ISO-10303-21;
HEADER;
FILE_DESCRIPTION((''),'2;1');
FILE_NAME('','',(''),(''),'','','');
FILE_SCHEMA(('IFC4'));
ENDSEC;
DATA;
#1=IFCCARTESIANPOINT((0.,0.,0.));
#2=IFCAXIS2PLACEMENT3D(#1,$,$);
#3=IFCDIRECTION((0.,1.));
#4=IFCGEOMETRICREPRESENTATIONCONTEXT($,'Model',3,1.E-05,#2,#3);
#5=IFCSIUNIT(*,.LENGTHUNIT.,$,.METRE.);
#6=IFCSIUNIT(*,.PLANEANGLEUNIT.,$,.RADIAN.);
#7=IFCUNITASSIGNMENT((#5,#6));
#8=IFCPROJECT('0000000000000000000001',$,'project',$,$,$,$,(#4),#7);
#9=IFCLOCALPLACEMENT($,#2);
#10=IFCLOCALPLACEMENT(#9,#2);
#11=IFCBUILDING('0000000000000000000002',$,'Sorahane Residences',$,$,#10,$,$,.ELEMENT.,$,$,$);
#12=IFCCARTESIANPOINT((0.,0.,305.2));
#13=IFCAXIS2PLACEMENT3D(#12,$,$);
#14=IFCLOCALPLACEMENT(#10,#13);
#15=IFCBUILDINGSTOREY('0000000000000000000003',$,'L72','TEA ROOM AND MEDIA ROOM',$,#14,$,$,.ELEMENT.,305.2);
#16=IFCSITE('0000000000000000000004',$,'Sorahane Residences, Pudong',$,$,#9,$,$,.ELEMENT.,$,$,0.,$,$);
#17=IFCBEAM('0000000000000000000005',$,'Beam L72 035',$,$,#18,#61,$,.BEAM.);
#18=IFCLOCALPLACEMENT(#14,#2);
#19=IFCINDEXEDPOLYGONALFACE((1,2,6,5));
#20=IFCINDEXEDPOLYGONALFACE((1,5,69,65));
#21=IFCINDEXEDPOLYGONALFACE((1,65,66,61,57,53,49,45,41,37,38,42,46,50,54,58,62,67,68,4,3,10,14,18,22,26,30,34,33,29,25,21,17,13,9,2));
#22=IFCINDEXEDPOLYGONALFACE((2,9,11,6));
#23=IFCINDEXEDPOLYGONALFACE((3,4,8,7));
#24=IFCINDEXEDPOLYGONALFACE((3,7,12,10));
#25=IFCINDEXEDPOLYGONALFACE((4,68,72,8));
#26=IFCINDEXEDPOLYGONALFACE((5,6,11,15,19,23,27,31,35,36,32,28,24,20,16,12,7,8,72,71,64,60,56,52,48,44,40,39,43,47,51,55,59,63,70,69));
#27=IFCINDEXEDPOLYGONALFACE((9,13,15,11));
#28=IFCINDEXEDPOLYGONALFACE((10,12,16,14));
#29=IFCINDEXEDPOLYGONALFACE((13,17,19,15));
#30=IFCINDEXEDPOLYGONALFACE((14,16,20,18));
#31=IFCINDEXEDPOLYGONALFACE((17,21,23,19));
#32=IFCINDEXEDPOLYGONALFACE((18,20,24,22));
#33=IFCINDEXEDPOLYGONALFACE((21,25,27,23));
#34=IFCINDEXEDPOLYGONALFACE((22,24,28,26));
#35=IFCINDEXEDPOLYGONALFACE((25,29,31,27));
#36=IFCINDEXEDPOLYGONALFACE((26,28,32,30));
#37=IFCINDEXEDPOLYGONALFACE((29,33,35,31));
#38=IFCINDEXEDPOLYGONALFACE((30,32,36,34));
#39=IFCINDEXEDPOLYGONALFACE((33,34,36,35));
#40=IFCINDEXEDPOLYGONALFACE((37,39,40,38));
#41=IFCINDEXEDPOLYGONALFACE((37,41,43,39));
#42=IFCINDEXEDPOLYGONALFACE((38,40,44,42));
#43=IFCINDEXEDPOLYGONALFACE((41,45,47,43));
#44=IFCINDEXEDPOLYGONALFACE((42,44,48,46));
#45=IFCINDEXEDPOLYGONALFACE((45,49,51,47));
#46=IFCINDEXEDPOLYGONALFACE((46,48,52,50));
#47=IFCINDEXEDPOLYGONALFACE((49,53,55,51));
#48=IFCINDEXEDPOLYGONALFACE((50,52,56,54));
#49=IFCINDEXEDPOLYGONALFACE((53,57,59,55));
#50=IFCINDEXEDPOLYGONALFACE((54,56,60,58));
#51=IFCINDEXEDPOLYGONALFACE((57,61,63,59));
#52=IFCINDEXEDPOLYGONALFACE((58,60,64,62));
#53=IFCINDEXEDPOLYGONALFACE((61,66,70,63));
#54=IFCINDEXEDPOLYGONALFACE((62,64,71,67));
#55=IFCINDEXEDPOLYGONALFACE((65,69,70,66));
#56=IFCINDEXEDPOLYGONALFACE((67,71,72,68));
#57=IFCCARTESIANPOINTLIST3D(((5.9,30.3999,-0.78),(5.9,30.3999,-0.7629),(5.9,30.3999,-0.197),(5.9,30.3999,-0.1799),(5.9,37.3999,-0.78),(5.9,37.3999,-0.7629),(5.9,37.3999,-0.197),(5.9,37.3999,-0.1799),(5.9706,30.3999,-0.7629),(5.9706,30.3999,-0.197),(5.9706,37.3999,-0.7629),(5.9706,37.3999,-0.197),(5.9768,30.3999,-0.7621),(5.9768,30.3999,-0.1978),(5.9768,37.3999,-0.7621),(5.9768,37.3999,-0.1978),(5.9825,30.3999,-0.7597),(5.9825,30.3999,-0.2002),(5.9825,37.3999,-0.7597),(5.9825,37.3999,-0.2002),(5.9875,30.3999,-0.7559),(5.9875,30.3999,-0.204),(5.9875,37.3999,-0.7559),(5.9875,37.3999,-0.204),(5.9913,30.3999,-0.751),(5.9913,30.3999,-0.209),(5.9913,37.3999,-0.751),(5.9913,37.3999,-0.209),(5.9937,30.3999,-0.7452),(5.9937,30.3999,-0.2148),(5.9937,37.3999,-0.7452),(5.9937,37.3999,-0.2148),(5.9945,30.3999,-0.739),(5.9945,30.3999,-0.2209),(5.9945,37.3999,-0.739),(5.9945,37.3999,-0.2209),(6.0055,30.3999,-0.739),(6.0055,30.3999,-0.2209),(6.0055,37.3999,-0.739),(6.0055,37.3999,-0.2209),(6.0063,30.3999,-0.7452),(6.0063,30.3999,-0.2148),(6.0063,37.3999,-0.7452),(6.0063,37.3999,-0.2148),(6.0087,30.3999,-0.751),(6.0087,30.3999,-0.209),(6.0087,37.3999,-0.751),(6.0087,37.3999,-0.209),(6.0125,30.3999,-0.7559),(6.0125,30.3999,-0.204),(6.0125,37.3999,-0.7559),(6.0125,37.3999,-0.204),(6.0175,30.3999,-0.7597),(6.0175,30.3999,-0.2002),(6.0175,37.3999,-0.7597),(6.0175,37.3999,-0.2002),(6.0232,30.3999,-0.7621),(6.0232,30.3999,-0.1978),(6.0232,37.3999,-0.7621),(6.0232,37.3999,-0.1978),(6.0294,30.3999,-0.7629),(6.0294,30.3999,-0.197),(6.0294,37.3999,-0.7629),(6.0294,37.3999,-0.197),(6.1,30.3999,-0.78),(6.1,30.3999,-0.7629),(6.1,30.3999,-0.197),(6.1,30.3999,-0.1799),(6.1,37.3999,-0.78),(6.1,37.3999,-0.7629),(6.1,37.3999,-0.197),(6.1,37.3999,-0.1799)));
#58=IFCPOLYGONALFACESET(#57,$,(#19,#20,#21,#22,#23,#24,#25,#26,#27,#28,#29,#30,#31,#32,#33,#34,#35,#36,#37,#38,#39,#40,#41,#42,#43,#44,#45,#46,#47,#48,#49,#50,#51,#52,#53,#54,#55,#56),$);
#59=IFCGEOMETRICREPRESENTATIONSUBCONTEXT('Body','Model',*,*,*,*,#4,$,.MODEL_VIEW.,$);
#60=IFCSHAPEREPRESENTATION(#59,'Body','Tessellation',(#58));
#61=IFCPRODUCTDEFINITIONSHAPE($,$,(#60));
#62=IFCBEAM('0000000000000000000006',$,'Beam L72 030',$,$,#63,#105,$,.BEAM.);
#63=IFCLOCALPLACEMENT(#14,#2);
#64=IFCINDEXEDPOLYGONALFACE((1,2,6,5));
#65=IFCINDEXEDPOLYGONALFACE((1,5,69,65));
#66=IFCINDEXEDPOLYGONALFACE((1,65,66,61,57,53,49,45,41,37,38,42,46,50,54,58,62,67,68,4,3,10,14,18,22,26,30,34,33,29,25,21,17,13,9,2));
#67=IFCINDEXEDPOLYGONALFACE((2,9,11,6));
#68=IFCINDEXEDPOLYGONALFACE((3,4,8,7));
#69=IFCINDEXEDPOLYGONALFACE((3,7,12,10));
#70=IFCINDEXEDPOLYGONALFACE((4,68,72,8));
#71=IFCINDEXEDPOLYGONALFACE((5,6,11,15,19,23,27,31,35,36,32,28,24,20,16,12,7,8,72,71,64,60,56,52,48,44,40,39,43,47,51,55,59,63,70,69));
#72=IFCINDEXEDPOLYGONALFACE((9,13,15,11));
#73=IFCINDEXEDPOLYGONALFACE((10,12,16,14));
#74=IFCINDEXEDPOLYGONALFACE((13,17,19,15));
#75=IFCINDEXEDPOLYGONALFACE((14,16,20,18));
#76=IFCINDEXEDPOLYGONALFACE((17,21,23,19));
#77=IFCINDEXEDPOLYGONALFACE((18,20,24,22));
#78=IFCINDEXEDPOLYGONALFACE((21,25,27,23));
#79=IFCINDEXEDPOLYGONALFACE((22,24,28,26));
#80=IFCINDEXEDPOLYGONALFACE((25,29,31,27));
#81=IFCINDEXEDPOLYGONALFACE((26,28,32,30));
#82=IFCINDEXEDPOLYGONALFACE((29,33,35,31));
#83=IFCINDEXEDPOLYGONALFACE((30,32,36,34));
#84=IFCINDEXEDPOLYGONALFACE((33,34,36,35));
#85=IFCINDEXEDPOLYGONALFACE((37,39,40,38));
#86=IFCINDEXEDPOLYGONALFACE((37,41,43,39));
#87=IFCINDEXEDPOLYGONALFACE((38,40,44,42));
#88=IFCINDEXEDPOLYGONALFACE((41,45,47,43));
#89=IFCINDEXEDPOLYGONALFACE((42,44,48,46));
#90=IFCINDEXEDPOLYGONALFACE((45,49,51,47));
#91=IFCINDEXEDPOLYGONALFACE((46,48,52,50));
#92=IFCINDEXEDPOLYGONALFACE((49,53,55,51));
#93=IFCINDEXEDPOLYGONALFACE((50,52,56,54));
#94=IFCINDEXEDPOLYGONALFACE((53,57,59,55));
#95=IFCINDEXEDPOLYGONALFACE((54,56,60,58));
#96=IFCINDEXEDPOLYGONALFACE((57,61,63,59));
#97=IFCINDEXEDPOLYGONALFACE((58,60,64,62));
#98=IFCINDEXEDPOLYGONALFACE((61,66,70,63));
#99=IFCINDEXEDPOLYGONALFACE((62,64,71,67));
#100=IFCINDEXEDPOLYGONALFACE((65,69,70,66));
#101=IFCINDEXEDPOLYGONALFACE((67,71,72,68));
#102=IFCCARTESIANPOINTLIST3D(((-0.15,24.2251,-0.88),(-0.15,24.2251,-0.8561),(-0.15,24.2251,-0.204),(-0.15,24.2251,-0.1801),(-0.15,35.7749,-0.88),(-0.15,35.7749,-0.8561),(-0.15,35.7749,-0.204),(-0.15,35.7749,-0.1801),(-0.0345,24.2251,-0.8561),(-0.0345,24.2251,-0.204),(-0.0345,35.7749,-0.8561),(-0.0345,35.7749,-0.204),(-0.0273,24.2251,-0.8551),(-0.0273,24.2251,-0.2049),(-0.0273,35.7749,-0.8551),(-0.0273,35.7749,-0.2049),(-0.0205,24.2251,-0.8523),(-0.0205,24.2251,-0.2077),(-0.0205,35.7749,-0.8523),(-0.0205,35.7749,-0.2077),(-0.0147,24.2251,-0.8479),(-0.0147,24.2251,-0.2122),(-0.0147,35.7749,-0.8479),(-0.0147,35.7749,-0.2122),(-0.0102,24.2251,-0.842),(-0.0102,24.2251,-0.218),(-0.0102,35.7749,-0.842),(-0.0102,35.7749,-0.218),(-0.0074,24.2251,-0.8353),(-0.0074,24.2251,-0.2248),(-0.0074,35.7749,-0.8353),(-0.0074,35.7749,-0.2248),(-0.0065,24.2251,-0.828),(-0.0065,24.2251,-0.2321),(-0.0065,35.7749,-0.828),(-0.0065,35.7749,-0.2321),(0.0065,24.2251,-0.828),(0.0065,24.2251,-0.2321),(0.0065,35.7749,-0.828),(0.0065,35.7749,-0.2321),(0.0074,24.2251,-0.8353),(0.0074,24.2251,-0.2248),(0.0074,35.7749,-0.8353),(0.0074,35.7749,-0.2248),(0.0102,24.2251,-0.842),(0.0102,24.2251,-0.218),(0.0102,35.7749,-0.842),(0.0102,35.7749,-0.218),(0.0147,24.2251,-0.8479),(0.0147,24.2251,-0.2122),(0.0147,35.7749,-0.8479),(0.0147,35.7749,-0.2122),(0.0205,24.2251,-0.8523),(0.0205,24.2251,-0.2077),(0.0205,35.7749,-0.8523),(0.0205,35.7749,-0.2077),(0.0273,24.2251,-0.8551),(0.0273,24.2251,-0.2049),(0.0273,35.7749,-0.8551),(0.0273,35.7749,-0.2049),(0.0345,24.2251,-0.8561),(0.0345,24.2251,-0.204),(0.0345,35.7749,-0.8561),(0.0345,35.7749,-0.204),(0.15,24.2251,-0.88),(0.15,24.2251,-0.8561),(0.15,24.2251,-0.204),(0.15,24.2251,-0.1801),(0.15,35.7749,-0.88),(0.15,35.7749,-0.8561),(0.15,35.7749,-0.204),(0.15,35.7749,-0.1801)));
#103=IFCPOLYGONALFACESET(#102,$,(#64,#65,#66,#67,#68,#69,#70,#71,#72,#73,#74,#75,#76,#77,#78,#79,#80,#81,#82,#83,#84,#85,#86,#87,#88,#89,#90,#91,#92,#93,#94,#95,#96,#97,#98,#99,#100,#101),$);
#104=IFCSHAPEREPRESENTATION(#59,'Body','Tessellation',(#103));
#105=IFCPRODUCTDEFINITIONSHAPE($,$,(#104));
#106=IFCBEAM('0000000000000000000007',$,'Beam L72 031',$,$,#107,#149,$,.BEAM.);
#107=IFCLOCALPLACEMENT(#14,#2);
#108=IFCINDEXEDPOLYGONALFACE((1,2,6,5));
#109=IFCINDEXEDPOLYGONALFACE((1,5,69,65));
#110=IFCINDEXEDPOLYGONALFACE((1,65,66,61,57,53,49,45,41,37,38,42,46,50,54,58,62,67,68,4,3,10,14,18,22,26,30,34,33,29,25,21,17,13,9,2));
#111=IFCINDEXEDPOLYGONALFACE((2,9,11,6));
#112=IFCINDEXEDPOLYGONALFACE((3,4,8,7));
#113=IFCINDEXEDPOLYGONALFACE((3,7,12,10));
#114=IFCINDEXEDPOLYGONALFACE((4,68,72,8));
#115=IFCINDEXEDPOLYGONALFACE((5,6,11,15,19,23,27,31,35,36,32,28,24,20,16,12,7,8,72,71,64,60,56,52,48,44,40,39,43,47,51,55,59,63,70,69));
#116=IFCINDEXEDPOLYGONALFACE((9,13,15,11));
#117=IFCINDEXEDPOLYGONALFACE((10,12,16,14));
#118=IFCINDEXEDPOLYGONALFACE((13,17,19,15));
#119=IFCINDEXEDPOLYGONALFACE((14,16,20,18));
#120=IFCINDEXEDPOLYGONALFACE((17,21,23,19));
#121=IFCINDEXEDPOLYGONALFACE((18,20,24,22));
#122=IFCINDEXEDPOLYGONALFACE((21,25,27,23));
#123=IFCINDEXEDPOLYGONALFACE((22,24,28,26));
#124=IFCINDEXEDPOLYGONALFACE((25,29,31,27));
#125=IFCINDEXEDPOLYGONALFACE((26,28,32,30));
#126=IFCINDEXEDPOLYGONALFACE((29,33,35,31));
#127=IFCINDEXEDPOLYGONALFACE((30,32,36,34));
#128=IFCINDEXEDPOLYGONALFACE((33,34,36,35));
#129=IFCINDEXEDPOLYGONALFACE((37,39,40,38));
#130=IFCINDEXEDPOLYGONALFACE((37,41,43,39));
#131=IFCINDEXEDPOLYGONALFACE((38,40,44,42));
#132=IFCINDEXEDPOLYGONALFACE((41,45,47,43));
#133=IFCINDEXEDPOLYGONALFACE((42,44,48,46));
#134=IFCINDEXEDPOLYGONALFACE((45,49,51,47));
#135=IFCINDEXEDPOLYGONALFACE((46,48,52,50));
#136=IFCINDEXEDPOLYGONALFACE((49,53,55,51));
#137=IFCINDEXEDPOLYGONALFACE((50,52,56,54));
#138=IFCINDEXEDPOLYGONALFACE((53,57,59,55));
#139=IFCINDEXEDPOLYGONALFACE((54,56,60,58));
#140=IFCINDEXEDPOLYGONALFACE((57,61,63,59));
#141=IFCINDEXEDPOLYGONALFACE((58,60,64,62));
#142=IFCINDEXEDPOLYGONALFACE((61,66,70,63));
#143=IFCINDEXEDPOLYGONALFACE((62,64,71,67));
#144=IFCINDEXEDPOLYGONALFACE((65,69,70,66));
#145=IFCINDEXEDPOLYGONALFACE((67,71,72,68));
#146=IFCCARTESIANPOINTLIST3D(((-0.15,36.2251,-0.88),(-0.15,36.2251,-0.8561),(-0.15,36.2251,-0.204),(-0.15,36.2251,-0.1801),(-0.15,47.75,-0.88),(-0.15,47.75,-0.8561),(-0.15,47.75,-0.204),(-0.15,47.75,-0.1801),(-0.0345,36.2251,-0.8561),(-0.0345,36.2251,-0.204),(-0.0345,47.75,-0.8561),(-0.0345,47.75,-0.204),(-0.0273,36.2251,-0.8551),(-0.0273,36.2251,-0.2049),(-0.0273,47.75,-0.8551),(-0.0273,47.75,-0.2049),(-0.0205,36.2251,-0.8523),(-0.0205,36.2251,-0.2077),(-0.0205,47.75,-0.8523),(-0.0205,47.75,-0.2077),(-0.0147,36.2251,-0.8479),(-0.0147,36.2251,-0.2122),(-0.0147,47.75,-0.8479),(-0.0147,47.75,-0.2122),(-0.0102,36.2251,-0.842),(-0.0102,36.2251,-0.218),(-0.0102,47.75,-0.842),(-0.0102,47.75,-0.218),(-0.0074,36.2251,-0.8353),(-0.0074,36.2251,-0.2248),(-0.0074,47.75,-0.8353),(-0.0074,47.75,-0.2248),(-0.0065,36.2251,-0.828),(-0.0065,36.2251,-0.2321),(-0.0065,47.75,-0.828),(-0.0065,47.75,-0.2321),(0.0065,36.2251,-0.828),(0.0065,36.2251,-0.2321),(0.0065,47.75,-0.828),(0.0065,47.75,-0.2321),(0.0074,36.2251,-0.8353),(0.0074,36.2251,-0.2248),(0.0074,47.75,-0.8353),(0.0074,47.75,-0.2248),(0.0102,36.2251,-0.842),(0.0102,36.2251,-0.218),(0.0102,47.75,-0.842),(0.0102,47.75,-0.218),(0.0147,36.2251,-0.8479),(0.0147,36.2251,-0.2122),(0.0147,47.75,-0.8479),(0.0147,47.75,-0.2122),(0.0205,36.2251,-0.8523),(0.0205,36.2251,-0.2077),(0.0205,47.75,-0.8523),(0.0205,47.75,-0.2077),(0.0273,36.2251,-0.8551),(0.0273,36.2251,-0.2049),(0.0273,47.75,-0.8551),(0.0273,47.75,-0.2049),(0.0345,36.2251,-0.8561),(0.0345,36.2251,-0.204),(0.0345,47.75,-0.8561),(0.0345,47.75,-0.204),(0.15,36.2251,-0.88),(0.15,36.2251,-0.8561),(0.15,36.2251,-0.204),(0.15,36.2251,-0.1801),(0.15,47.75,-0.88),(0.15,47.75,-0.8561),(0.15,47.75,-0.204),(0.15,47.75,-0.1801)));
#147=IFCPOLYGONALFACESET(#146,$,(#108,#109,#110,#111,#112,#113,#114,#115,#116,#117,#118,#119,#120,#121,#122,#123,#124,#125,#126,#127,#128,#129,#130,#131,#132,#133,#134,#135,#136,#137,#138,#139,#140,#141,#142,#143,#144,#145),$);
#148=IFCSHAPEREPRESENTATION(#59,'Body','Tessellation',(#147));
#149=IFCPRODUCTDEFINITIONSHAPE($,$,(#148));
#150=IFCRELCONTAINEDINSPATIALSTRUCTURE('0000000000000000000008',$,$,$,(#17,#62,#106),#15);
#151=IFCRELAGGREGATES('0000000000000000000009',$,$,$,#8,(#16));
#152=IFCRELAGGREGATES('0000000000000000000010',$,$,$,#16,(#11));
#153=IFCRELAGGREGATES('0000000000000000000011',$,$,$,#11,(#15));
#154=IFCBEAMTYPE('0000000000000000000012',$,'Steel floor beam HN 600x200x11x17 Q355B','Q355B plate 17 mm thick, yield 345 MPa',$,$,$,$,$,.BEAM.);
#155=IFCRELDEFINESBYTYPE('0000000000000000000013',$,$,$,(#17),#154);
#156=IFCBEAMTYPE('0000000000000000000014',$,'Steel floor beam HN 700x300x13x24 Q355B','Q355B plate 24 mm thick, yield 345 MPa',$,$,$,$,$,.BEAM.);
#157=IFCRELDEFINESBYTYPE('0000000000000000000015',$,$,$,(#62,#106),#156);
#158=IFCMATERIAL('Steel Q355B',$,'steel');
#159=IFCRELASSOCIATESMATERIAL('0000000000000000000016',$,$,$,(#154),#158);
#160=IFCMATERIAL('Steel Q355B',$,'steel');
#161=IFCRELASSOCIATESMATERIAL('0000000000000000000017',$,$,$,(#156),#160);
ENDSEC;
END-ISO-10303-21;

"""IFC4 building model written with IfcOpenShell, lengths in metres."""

from ifc_helpers import new_model, si_unit, direction, frame, origin, origin_2d, place, context, subcontext, project, spatial, i_section, extrude, material, material_profile, profile_set, type_object, element, save


model = new_model("IFC4")

# Units and contexts
model_context = context("Model", 3, precision=1e-05, world=origin(), true_north=direction((0.0, 1.0)))
body_context = subcontext(model_context, "Body", "Model", "MODEL_VIEW")
ifc_project = project(units=[si_unit("LENGTHUNIT", "METRE"), si_unit("PLANEANGLEUNIT", "RADIAN")], contexts=[model_context])

# Site, building, storey
site_placement = place(None, origin())
site = spatial("IfcSite", under=ifc_project, at=site_placement, Name="Sorahane Residences, Pudong", CompositionType="ELEMENT", RefElevation=0.0)
building_placement = place(site_placement, origin())
building = spatial("IfcBuilding", under=site, at=building_placement, Name="Sorahane Residences", CompositionType="ELEMENT")
storey_placement = place(building_placement, frame((0.0, 0.0, 305.2)))
storey = spatial("IfcBuildingStorey", under=building, at=storey_placement, Name="L72", Description="TEA ROOM AND MEDIA ROOM", CompositionType="ELEMENT", Elevation=305.2)

# Beams
ifc_material_1 = material(Name="Steel Q355B", Category="steel")
ifc_material_profile_1 = material_profile(ifc_material_1, i_section(OverallWidth=0.2, OverallDepth=0.6001, WebThickness=0.011, FlangeThickness=0.0171, FilletRadius=0.0239, at=origin_2d()), Name="HN 600x200x11x17")
ifc_profile_set_1 = profile_set([ifc_material_profile_1], Name="Steel Q355B")
beam_type_1 = type_object("IfcBeamType", Name="Steel floor beam HN 600x200x11x17 Q355B", Description="Q355B plate 17 mm thick, yield 345 MPa", PredefinedType="BEAM", material=ifc_profile_set_1)
beam_1_placement = place(storey_placement, frame((6.0, 30.3999, -0.48), z_axis=(0.0, 1.0, 0.0), x_axis=(-1.0, 0.0, 0.0)))
element("IfcBeam", 1, at=beam_1_placement, inside=storey, type_object=beam_type_1, Name="Beam L72 035", PredefinedType="BEAM", context=body_context, shape_type="SweptSolid", body=[
    extrude(i_section(OverallWidth=0.2, OverallDepth=0.6001, WebThickness=0.011, FlangeThickness=0.0171, FilletRadius=0.0239, at=origin_2d()), origin(), (0.0, 0.0, 1.0), 7.0),
])
ifc_material_2 = material(Name="Steel Q355B", Category="steel")
ifc_material_profile_2 = material_profile(ifc_material_2, i_section(OverallWidth=0.3, OverallDepth=0.7, WebThickness=0.0129, FlangeThickness=0.0239, FilletRadius=0.0281, at=origin_2d()), Name="HN 700x300x13x24")
ifc_profile_set_2 = profile_set([ifc_material_profile_2], Name="Steel Q355B")
beam_type_2 = type_object("IfcBeamType", Name="Steel floor beam HN 700x300x13x24 Q355B", Description="Q355B plate 24 mm thick, yield 345 MPa", PredefinedType="BEAM", material=ifc_profile_set_2)
beam_2_placement = place(storey_placement, frame((0.0, 24.2251, -0.53), z_axis=(0.0, 1.0, 0.0), x_axis=(-1.0, 0.0, 0.0)))
element("IfcBeam", 2, at=beam_2_placement, inside=storey, type_object=beam_type_2, Name="Beam L72 030", PredefinedType="BEAM", context=body_context, shape_type="SweptSolid", body=[
    extrude(i_section(OverallWidth=0.3, OverallDepth=0.7, WebThickness=0.0129, FlangeThickness=0.0239, FilletRadius=0.0281, at=origin_2d()), origin(), (0.0, 0.0, 1.0), 11.5498),
])
beam_3_placement = place(storey_placement, frame((0.0, 36.2251, -0.53), z_axis=(0.0, 1.0, 0.0), x_axis=(-1.0, 0.0, 0.0)))
element("IfcBeam", 3, at=beam_3_placement, inside=storey, type_object=beam_type_2, Name="Beam L72 031", PredefinedType="BEAM", context=body_context, shape_type="SweptSolid", body=[
    extrude(i_section(OverallWidth=0.3, OverallDepth=0.7, WebThickness=0.0129, FlangeThickness=0.0239, FilletRadius=0.0281, at=origin_2d()), origin(), (0.0, 0.0, 1.0), 11.5249),
])

save(model, "model.ifc")
